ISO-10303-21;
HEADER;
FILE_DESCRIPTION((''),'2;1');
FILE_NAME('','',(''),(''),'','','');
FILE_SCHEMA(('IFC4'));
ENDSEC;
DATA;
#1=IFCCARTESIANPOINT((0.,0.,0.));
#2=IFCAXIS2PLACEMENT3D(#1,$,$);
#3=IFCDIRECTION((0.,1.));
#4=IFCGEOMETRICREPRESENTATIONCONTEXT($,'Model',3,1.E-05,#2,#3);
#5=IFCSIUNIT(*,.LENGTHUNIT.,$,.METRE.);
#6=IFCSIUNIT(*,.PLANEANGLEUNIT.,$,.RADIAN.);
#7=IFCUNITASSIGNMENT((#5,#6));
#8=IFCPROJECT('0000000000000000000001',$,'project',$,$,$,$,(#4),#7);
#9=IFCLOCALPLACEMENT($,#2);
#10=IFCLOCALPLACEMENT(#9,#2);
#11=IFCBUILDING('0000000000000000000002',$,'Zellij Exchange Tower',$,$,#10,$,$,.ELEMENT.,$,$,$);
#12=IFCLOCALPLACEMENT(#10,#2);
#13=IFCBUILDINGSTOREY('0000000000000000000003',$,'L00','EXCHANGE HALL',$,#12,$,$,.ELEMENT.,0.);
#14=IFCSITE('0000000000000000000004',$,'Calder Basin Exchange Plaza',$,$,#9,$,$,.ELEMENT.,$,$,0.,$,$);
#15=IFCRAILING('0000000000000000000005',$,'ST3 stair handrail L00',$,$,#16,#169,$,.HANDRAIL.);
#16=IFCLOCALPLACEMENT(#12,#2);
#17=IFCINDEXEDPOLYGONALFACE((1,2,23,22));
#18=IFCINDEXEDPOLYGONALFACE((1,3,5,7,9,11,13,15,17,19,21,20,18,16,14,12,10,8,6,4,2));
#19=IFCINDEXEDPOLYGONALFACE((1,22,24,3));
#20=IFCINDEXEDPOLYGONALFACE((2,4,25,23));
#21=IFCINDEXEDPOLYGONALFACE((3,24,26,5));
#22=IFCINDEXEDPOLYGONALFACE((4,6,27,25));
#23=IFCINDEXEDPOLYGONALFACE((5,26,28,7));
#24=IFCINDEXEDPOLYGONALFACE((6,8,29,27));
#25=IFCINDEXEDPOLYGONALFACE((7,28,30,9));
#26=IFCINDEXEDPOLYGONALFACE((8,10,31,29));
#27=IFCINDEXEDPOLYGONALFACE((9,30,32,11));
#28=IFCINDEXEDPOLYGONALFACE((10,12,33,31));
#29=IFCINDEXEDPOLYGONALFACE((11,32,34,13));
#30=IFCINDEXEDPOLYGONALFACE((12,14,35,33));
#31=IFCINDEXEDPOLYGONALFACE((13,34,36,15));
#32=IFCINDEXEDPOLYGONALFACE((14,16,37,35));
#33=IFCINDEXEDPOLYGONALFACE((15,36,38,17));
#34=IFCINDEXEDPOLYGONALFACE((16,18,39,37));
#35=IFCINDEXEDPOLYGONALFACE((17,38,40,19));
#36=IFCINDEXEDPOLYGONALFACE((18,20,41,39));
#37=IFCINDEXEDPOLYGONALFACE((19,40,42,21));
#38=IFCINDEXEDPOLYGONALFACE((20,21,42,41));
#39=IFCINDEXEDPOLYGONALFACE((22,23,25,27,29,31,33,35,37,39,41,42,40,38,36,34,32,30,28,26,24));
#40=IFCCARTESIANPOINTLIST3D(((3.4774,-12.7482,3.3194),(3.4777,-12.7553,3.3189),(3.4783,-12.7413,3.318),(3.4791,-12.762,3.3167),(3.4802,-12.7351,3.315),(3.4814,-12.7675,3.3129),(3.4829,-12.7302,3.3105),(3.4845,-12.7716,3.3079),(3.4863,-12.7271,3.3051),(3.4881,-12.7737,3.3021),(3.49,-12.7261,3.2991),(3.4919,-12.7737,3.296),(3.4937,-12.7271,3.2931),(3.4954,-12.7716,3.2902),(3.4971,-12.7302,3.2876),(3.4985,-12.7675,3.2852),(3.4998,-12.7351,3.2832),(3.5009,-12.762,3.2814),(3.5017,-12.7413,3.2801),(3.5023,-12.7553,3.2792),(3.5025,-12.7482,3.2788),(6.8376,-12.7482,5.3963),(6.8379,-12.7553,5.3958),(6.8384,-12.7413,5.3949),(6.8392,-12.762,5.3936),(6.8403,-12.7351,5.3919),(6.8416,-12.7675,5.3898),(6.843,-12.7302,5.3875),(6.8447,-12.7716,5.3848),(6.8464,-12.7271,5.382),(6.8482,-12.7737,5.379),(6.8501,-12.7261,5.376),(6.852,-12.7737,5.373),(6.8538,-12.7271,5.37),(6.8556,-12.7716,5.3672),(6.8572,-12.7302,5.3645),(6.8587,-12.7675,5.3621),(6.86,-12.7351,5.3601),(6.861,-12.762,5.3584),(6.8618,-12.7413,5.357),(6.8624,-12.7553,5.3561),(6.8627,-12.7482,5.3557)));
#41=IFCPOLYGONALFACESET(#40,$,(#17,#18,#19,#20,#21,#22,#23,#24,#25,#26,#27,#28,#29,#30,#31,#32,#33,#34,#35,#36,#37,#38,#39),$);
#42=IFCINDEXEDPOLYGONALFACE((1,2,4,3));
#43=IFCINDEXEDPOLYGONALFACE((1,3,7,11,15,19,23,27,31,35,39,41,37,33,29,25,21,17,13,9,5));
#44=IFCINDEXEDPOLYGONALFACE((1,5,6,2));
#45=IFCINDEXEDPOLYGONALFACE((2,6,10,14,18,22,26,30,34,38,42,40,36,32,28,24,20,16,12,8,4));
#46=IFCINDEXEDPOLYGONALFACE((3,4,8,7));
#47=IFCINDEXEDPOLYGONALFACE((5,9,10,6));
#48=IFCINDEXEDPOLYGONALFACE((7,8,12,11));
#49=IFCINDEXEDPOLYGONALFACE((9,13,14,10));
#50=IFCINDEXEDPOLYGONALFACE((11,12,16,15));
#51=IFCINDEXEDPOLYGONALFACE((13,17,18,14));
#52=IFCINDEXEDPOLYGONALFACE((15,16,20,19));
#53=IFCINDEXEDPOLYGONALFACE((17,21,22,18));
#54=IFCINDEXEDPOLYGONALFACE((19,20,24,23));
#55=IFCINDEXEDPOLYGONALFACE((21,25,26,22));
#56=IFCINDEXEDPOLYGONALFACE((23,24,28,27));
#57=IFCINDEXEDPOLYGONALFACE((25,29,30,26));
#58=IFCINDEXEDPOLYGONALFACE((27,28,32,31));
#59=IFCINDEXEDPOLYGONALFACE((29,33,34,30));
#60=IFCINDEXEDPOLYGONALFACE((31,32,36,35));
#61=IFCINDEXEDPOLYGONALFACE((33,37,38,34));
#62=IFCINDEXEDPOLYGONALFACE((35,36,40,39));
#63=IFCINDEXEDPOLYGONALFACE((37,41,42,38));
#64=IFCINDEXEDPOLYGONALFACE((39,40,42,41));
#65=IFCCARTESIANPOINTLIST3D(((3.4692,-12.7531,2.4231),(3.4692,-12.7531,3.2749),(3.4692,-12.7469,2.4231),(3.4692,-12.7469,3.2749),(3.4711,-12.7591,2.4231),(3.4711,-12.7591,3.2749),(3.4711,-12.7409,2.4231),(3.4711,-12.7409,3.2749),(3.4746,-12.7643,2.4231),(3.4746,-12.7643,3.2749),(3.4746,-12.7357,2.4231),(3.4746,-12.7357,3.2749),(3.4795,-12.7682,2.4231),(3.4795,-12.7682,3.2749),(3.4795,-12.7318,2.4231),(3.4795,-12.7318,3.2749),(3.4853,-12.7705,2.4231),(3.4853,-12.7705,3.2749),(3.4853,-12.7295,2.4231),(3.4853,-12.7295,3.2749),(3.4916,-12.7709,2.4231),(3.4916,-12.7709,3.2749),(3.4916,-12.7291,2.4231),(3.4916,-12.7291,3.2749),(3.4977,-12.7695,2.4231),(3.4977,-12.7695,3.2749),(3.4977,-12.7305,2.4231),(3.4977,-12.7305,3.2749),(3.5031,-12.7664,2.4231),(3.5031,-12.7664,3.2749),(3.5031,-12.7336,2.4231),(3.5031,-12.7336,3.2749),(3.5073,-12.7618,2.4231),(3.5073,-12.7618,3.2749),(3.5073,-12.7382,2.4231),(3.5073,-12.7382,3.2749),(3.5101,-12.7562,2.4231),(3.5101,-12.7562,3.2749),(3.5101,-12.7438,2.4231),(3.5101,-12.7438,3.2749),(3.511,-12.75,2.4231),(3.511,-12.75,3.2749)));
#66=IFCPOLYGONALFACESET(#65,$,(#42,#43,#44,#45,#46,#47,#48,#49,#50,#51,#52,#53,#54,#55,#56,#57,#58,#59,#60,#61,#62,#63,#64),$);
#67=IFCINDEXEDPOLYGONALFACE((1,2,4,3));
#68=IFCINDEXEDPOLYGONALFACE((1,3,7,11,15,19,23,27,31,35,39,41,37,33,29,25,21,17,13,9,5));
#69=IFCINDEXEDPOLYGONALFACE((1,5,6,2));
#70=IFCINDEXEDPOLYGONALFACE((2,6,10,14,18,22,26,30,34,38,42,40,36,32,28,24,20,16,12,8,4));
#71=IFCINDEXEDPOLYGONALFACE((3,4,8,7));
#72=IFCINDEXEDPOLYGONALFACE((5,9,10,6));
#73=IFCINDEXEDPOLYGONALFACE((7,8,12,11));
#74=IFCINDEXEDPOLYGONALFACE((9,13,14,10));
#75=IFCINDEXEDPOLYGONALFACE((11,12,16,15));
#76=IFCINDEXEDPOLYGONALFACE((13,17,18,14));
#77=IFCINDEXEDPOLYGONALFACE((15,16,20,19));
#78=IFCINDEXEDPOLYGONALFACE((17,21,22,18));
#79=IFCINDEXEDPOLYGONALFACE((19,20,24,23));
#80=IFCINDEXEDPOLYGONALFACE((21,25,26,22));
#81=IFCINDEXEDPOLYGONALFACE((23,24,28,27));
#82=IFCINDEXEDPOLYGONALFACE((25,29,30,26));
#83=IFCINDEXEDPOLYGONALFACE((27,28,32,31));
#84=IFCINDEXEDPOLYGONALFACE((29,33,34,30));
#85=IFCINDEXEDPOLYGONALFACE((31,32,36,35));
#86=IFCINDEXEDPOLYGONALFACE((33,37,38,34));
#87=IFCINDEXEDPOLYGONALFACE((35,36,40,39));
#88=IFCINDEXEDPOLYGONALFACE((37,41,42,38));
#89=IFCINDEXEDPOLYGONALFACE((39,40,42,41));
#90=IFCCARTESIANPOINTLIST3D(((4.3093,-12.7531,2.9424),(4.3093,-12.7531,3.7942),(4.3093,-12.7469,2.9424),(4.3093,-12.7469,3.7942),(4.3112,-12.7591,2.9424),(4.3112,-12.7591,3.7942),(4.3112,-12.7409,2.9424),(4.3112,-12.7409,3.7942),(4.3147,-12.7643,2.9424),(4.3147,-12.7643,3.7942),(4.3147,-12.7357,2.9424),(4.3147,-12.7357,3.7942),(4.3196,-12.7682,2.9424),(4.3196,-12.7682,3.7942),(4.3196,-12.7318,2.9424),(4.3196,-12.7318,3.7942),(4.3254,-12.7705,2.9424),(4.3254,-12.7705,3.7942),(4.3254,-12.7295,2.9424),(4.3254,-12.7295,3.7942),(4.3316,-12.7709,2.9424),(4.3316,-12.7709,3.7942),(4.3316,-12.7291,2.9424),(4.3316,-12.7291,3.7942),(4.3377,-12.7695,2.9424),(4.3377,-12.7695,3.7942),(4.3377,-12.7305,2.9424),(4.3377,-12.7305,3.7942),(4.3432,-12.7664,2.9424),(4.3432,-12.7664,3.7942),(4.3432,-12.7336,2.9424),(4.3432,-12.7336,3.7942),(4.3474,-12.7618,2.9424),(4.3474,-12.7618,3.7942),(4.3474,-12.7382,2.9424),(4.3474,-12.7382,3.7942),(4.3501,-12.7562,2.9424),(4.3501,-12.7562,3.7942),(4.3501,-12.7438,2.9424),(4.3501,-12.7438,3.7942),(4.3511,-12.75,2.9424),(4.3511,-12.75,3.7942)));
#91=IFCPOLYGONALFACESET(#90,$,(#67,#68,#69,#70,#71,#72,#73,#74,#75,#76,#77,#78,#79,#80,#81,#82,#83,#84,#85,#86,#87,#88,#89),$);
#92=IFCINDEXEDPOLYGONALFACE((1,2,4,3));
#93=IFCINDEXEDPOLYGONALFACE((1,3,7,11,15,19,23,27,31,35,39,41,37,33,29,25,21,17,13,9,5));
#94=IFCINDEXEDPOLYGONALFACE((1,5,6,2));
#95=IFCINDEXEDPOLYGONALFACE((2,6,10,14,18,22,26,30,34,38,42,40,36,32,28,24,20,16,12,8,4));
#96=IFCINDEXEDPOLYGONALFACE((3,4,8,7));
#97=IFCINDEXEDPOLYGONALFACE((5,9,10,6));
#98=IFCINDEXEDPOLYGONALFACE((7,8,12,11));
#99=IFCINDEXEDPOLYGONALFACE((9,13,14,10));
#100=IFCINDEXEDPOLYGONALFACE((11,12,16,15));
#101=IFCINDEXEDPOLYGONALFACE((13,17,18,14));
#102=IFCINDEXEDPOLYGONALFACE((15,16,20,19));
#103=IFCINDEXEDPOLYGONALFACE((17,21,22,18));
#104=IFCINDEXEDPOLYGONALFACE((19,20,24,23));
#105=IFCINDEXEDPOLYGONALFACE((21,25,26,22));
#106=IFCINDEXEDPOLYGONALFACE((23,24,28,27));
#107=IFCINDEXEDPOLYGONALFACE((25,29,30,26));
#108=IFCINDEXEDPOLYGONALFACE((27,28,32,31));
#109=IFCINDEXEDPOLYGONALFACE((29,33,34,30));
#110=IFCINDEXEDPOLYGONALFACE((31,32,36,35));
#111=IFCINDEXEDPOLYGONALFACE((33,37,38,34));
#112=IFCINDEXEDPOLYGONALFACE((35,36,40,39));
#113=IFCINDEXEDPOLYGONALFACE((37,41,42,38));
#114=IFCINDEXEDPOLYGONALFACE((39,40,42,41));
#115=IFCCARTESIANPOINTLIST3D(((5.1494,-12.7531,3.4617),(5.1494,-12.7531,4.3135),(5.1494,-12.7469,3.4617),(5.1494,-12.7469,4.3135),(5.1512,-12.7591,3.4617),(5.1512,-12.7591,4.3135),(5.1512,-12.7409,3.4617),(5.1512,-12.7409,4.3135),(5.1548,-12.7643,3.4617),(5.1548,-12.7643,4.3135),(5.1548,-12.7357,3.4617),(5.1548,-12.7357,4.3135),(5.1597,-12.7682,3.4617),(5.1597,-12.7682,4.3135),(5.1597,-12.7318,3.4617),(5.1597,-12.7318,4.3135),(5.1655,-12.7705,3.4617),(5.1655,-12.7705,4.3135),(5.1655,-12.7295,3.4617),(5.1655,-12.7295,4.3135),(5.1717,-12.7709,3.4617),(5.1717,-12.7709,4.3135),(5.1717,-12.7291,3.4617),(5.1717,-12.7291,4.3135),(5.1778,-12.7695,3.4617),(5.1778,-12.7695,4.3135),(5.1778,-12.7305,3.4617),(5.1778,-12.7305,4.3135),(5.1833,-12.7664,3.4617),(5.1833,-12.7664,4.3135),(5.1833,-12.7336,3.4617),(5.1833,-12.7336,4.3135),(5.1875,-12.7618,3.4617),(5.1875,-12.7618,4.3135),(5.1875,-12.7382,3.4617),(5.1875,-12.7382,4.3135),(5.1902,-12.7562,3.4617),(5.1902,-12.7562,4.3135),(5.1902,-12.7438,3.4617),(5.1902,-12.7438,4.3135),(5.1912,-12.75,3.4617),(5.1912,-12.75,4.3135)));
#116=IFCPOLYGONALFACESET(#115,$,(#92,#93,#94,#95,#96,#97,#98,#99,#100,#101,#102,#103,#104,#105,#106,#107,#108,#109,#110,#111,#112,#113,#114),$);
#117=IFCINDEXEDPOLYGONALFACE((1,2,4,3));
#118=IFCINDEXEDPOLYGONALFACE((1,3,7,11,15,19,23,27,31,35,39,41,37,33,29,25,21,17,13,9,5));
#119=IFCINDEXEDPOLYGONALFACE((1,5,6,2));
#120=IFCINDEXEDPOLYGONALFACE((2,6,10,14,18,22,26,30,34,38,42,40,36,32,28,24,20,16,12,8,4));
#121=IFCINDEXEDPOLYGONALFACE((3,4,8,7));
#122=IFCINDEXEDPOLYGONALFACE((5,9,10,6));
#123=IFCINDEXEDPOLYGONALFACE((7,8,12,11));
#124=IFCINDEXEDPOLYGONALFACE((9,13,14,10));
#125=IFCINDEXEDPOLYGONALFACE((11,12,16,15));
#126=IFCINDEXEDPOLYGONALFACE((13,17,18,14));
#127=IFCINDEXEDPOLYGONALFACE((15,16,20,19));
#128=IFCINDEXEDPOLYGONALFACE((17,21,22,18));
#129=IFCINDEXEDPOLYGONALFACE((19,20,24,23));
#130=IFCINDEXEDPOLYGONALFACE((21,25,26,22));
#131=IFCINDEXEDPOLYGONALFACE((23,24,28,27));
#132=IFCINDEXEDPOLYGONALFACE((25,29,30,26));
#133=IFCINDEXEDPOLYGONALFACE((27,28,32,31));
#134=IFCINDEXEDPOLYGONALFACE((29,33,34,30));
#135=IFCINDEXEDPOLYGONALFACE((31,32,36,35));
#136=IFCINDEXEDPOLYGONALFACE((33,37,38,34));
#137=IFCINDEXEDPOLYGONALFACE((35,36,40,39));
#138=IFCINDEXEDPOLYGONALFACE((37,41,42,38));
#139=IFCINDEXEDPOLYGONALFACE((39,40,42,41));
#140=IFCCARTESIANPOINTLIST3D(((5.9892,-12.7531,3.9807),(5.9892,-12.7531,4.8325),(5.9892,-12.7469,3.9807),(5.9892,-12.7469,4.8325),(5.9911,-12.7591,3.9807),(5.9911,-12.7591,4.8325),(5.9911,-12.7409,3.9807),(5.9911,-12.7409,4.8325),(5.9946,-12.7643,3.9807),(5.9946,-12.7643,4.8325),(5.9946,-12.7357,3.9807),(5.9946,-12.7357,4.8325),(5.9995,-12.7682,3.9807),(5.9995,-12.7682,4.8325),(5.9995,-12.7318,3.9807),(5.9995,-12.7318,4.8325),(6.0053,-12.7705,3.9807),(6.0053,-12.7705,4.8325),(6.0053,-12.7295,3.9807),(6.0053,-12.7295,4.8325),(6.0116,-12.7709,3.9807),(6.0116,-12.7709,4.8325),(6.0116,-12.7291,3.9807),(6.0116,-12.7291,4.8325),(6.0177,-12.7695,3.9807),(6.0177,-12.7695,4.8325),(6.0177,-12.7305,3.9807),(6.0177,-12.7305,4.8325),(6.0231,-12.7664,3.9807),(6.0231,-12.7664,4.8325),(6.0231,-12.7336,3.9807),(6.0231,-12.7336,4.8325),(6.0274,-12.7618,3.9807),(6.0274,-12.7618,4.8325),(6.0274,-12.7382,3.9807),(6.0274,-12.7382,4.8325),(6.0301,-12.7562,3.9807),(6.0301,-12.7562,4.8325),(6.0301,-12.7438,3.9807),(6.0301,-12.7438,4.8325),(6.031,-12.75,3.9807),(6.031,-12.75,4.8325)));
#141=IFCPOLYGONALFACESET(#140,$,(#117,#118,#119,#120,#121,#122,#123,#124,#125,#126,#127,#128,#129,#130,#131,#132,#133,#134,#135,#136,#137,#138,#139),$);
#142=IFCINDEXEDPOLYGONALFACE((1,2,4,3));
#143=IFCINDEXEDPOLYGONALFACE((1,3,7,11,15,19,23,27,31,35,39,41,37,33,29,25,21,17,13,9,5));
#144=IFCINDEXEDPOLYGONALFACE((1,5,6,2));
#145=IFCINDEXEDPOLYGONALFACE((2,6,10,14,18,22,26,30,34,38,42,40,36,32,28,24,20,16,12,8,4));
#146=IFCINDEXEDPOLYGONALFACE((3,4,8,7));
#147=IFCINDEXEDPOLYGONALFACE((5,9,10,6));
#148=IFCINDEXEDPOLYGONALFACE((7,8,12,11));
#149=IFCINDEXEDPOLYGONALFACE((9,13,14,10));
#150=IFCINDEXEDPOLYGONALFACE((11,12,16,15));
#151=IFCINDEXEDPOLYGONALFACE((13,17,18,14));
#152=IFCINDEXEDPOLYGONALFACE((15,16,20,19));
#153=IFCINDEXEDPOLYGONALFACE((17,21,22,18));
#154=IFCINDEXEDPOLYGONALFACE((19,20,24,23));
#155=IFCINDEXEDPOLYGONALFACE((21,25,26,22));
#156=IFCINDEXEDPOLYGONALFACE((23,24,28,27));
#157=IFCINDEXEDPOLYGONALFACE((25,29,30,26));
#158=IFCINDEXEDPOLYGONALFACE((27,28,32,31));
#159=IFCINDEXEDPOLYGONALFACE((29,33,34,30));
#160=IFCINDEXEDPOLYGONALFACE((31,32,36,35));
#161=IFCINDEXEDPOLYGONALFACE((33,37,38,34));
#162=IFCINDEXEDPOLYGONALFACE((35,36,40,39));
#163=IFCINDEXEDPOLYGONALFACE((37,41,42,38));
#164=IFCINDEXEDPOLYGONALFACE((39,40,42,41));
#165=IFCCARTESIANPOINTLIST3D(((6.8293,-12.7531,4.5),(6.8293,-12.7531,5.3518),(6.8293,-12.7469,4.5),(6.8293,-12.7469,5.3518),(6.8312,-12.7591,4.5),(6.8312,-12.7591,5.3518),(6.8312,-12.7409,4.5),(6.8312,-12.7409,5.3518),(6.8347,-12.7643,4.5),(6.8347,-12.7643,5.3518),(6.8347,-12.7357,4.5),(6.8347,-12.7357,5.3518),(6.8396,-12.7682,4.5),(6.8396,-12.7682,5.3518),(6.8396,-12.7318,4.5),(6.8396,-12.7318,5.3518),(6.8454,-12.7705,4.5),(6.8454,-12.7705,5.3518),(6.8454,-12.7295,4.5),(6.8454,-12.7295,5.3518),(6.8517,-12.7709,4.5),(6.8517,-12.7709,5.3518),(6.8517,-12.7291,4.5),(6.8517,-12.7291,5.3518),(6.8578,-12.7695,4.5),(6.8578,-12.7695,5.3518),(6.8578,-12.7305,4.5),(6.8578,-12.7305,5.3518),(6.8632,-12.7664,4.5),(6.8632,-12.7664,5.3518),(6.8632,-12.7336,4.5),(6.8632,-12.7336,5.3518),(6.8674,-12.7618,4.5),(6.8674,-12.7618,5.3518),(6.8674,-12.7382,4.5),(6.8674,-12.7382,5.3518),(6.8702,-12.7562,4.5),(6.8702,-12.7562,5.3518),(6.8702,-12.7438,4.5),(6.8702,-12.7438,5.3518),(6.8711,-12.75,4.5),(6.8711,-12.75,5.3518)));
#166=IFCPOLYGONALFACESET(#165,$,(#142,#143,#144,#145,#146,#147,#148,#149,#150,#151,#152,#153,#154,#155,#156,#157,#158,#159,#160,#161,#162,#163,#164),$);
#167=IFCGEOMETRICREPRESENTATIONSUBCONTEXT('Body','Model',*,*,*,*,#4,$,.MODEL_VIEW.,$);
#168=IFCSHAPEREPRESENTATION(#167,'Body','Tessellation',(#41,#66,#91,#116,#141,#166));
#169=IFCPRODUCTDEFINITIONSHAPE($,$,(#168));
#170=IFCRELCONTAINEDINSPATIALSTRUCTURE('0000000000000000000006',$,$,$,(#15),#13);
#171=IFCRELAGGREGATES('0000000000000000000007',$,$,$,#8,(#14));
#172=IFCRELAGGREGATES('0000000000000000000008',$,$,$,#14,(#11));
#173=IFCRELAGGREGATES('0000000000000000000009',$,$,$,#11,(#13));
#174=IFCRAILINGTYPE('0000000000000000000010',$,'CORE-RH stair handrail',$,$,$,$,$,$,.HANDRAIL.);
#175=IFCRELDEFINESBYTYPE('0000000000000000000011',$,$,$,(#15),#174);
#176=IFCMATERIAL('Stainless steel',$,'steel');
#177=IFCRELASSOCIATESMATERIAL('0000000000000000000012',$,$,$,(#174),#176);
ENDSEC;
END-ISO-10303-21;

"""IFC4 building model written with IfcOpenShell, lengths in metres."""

from ifc_helpers import new_model, si_unit, direction, frame, origin, origin_2d, place, context, subcontext, project, spatial, circle, extrude, material, type_object, element, save


model = new_model("IFC4")

# Units and contexts
model_context = context("Model", 3, precision=1e-05, world=origin(), true_north=direction((0.0, 1.0)))
body_context = subcontext(model_context, "Body", "Model", "MODEL_VIEW")
ifc_project = project(units=[si_unit("LENGTHUNIT", "METRE"), si_unit("PLANEANGLEUNIT", "RADIAN")], contexts=[model_context])

# Site, building, storey
site_placement = place(None, origin())
site = spatial("IfcSite", under=ifc_project, at=site_placement, Name="Calder Basin Exchange Plaza", CompositionType="ELEMENT", RefElevation=0.0)
building_placement = place(site_placement, origin())
building = spatial("IfcBuilding", under=site, at=building_placement, Name="Zellij Exchange Tower", CompositionType="ELEMENT")
storey_placement = place(building_placement, origin())
storey = spatial("IfcBuildingStorey", under=building, at=storey_placement, Name="L00", Description="EXCHANGE HALL", CompositionType="ELEMENT", Elevation=0.0)

# Railing
ifc_material_1 = material(Name="Stainless steel", Category="steel")
railing_type_1 = type_object("IfcRailingType", Name="CORE-RH stair handrail", PredefinedType="HANDRAIL", material=ifc_material_1)
for number, where, name in (
    (1, (3.49, -12.75, 2.4231), "ST3 stair handrail L00"),
):
    element("IfcRailing", number, at=place(storey_placement, frame(where)), inside=storey, type_object=railing_type_1, Name=name, PredefinedType="HANDRAIL", context=body_context, shape_type="SweptSolid", body=[
        extrude(circle(Radius=0.0239, at=origin_2d()), frame((0.0, 0.0, 0.876), z_axis=(0.850623, 0.0, 0.525776), x_axis=(0.0, 1.0, 0.0)), (0.0, 0.0, 1.0), 3.9502),
        extrude(circle(Radius=0.021, at=origin_2d()), origin(), (0.0, 0.0, 1.0), 0.8518),
        extrude(circle(Radius=0.021, at=origin_2d()), frame((0.8401, 0.0, 0.5193)), (0.0, 0.0, 1.0), 0.8518),
        extrude(circle(Radius=0.021, at=origin_2d()), frame((1.6802, 0.0, 1.0386)), (0.0, 0.0, 1.0), 0.8518),
        extrude(circle(Radius=0.021, at=origin_2d()), frame((2.52, 0.0, 1.5576)), (0.0, 0.0, 1.0), 0.8518),
        extrude(circle(Radius=0.021, at=origin_2d()), frame((3.3601, 0.0, 2.0769)), (0.0, 0.0, 1.0), 0.8518),
    ])

save(model, "model.ifc")
